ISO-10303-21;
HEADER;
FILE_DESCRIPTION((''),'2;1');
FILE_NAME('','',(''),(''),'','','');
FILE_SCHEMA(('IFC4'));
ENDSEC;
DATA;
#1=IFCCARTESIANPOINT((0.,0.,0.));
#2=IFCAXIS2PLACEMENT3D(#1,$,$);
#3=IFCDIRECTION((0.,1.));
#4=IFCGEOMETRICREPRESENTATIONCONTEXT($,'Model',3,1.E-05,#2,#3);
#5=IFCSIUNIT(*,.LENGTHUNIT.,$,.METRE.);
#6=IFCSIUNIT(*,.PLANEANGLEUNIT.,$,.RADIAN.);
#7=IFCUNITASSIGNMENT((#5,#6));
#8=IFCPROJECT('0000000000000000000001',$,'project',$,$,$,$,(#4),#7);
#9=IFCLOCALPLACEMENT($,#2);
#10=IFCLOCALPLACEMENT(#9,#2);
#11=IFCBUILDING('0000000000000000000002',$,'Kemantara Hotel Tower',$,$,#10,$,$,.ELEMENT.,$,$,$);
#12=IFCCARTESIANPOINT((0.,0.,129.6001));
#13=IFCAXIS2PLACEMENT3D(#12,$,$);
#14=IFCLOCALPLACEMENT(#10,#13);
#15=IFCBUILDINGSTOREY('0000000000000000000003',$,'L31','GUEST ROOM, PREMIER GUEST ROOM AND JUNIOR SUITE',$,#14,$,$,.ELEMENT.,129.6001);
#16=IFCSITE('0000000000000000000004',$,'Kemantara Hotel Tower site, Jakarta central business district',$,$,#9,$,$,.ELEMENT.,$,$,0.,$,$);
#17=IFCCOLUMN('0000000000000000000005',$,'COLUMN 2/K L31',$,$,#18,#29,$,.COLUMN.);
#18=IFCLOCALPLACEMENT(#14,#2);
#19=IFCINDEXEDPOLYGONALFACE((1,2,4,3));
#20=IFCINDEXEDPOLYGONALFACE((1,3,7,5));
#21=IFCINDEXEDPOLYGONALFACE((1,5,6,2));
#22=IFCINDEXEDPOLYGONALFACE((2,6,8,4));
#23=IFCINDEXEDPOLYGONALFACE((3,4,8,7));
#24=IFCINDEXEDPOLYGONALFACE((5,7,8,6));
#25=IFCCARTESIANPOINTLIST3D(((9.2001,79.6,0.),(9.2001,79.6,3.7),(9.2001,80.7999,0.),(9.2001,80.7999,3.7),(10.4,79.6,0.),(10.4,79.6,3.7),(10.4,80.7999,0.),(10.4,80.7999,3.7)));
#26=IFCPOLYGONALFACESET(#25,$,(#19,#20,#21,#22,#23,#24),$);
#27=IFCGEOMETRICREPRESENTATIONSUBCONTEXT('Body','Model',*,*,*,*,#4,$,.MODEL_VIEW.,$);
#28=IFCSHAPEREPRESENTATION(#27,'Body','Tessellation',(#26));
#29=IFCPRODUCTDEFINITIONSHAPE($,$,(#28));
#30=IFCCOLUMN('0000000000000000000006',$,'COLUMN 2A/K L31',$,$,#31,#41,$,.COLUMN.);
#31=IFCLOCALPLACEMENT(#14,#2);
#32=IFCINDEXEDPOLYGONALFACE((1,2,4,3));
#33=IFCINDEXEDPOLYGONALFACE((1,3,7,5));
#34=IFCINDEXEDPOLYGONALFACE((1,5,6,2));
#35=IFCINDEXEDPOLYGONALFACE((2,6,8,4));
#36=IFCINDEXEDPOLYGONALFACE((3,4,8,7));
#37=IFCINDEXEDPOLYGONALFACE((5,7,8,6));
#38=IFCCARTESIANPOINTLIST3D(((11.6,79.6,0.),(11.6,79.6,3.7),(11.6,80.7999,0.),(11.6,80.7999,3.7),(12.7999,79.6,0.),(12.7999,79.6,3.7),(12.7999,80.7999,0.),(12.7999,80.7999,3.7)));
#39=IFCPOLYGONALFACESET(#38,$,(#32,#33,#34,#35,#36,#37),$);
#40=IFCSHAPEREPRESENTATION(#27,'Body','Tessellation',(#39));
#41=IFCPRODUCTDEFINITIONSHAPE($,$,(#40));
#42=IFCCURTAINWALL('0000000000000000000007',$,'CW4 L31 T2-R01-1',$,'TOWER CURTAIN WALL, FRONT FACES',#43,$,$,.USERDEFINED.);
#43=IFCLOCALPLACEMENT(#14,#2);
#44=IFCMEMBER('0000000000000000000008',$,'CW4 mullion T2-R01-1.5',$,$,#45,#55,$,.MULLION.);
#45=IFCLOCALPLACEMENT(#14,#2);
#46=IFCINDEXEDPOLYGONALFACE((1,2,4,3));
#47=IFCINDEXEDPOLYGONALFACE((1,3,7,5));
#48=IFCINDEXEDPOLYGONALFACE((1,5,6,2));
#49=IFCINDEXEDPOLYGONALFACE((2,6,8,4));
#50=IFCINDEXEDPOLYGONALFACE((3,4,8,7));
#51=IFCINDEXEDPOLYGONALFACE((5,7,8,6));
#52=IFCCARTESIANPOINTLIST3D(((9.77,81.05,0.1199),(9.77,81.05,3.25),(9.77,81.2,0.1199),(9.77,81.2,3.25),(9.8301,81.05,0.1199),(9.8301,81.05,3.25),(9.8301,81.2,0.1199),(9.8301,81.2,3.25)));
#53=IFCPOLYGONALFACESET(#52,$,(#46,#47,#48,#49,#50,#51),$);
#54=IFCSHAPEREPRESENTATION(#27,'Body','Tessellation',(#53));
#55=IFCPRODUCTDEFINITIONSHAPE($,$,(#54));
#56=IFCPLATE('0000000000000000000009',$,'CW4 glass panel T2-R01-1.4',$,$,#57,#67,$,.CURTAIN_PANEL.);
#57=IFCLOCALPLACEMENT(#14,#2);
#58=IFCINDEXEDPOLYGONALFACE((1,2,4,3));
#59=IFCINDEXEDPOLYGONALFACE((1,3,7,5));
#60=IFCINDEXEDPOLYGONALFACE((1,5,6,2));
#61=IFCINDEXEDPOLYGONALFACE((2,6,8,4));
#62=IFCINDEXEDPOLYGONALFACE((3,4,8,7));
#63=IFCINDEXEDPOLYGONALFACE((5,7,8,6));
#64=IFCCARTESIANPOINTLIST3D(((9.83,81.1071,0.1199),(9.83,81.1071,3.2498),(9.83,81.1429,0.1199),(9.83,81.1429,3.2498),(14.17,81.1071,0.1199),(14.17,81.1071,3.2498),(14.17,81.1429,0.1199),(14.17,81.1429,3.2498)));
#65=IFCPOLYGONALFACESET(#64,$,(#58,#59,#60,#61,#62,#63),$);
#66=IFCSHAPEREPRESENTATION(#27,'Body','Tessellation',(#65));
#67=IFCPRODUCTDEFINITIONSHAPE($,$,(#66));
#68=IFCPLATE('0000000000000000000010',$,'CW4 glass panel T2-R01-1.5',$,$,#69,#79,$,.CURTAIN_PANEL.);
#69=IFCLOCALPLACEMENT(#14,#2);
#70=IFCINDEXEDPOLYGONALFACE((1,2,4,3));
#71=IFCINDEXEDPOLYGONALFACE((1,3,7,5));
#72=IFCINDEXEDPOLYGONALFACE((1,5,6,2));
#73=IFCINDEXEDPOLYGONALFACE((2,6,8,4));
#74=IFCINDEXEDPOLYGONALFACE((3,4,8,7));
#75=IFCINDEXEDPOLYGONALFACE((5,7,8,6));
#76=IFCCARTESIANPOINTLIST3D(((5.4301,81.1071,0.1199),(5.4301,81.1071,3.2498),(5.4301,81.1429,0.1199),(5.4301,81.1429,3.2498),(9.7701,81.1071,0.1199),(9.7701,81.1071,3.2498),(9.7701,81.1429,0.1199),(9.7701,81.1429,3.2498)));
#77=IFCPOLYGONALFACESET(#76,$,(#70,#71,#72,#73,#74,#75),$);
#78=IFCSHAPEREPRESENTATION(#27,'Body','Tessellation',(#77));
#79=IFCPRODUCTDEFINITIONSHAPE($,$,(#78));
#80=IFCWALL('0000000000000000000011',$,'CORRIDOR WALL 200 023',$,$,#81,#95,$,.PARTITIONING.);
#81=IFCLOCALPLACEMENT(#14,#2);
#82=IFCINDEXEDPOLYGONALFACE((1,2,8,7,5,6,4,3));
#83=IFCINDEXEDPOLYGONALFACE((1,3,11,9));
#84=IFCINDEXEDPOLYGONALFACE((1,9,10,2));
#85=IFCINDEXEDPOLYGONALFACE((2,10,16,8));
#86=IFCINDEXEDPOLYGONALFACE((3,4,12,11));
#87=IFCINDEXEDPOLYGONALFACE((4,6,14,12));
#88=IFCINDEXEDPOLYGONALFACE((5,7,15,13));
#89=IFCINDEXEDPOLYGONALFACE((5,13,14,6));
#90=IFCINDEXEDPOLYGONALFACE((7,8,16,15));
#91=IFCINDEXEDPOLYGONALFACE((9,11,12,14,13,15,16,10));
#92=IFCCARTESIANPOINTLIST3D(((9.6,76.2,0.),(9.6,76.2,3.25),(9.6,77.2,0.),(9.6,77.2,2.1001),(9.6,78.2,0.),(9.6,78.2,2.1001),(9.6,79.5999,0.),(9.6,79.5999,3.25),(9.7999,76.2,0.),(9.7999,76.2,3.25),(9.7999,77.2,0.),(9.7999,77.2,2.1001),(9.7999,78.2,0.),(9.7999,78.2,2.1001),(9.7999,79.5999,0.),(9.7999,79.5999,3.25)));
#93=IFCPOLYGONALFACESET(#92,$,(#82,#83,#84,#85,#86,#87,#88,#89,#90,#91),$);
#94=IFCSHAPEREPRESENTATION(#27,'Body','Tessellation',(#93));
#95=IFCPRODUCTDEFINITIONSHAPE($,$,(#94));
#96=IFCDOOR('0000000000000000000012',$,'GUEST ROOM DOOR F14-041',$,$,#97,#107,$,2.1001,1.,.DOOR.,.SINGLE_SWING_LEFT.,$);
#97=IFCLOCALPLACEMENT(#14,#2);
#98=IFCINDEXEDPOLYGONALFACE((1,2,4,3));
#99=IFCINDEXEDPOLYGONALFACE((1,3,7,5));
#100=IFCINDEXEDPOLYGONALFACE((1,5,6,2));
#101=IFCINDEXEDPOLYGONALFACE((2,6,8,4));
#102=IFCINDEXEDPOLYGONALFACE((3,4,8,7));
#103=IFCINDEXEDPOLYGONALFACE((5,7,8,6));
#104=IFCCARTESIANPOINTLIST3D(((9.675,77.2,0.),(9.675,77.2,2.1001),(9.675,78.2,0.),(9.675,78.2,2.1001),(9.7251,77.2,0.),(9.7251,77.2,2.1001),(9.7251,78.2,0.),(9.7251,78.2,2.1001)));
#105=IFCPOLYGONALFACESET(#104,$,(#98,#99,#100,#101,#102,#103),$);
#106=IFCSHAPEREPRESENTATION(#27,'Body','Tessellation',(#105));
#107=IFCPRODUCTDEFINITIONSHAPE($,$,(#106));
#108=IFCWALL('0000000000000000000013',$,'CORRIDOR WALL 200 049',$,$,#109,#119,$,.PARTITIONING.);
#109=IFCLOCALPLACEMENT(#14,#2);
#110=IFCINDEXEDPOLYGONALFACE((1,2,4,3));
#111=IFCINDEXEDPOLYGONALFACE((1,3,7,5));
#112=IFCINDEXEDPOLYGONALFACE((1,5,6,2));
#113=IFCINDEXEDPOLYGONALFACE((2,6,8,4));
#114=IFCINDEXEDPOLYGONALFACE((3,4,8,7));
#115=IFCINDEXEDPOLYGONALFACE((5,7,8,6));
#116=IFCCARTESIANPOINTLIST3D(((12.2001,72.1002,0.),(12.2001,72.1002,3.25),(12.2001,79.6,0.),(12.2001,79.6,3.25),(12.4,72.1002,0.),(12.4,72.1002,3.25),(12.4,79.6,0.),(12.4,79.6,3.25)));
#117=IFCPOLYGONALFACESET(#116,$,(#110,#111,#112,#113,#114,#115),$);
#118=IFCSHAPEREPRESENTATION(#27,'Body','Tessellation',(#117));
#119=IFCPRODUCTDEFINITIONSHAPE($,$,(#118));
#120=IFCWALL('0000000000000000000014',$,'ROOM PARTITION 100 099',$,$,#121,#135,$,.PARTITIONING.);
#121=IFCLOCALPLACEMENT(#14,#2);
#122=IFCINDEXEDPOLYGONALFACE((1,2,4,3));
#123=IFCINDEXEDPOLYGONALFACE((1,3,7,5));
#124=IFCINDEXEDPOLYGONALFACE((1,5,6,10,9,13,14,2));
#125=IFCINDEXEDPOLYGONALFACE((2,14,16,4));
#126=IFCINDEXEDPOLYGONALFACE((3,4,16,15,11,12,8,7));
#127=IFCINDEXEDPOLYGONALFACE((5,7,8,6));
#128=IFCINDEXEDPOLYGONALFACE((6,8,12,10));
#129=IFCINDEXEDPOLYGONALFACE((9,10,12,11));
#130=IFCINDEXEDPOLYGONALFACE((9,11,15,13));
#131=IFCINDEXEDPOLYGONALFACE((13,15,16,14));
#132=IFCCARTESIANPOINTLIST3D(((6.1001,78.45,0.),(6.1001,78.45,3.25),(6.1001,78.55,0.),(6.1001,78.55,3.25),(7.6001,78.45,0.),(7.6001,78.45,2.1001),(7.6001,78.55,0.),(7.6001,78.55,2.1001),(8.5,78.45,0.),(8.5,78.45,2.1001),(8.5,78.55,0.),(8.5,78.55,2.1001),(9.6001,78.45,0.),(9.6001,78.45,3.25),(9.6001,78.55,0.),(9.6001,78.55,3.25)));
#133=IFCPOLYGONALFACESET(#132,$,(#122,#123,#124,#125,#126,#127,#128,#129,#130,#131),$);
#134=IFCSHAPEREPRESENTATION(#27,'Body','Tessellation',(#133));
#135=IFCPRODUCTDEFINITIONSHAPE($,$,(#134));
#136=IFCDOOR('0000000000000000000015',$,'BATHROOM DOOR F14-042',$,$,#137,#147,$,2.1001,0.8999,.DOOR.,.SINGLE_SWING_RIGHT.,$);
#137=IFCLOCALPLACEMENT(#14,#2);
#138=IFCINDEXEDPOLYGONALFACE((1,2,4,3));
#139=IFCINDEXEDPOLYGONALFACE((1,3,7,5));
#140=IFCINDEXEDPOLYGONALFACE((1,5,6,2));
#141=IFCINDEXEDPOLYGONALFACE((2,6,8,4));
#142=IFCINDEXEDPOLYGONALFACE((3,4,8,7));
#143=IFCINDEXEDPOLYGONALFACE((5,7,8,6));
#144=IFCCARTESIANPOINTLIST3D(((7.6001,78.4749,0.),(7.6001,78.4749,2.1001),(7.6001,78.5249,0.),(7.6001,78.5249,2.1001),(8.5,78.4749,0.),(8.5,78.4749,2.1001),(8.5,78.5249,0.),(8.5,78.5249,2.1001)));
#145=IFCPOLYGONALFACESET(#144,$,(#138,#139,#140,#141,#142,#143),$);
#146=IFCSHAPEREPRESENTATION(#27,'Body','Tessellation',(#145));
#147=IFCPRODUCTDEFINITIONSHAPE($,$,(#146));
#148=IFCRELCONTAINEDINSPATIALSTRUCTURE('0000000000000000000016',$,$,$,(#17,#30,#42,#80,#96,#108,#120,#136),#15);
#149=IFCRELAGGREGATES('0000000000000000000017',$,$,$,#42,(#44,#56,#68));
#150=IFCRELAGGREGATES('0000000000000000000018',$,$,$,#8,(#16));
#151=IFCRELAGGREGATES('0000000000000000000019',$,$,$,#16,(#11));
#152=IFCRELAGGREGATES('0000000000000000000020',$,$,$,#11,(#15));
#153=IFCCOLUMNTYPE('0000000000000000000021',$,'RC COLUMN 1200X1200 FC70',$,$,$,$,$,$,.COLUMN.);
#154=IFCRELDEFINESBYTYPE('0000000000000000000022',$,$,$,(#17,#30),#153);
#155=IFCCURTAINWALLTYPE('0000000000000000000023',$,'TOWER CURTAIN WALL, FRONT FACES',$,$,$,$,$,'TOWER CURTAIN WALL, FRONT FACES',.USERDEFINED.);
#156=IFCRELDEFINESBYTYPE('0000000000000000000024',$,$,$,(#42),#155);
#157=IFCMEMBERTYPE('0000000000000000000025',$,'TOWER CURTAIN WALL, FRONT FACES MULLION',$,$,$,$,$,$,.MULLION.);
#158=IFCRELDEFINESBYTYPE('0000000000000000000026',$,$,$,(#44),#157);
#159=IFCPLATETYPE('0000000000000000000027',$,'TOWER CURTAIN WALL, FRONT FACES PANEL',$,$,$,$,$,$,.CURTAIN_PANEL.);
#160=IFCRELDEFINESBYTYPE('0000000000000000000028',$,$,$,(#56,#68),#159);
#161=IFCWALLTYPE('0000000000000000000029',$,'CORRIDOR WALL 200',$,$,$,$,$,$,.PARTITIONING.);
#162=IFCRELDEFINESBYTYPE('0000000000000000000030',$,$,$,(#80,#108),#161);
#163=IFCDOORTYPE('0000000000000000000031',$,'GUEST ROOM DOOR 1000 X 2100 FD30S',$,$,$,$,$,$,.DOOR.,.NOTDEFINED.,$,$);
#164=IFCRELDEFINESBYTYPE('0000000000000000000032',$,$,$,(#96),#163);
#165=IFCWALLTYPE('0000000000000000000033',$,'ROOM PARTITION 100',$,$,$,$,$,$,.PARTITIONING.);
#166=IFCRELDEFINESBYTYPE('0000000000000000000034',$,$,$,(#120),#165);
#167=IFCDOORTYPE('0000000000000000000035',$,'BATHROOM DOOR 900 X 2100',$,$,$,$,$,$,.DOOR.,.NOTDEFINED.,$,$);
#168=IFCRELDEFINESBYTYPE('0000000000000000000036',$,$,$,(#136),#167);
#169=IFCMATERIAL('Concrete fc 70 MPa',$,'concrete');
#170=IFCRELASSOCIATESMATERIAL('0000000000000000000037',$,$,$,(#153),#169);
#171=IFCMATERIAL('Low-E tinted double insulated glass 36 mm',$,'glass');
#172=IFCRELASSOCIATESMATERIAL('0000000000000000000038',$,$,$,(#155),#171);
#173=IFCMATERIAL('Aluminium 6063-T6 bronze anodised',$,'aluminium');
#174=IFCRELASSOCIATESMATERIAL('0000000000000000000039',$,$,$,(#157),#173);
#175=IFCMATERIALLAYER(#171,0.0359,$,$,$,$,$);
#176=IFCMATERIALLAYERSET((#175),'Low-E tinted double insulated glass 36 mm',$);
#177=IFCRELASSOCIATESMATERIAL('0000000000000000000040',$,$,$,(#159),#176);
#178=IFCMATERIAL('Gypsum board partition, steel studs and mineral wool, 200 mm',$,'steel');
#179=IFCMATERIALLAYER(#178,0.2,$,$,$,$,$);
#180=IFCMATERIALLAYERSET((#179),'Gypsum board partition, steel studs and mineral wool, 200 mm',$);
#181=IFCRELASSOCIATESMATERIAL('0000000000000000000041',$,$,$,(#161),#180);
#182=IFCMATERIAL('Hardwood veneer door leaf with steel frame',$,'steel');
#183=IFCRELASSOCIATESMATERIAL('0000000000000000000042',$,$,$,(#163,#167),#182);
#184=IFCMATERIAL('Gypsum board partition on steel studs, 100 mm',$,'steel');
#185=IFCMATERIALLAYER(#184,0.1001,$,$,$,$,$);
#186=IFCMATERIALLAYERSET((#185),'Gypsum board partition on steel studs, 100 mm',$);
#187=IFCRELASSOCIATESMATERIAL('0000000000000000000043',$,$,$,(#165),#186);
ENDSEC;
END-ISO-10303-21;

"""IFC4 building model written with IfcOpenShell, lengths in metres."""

from ifc_helpers import new_model, si_unit, direction, frame, frame_2d, origin, origin_2d, place, context, subcontext, project, spatial, rectangle, extrude, source, transform, mapped, material, layer, layer_set, material_profile, profile_set, type_object, element, fill, aggregate, save


model = new_model("IFC4")

# Units and contexts
model_context = context("Model", 3, precision=1e-05, world=origin(), true_north=direction((0.0, 1.0)))
body_context = subcontext(model_context, "Body", "Model", "MODEL_VIEW")
ifc_project = project(units=[si_unit("LENGTHUNIT", "METRE"), si_unit("PLANEANGLEUNIT", "RADIAN")], contexts=[model_context])

# Site, building, storey
site_placement = place(None, origin())
site = spatial("IfcSite", under=ifc_project, at=site_placement, Name="Kemantara Hotel Tower site, Jakarta central business district", CompositionType="ELEMENT", RefElevation=0.0)
building_placement = place(site_placement, origin())
building = spatial("IfcBuilding", under=site, at=building_placement, Name="Kemantara Hotel Tower", CompositionType="ELEMENT")
storey_placement = place(building_placement, frame((0.0, 0.0, 129.6001)))
storey = spatial("IfcBuildingStorey", under=building, at=storey_placement, Name="L31", Description="GUEST ROOM, PREMIER GUEST ROOM AND JUNIOR SUITE", CompositionType="ELEMENT", Elevation=129.6001)

# Columns
ifc_material_1 = material(Name="Concrete fc 70 MPa", Category="concrete")
ifc_material_profile_1 = material_profile(ifc_material_1, rectangle(XDim=1.2, YDim=1.2, at=origin_2d()), Name="RC 1200X1200")
ifc_profile_set_1 = profile_set([ifc_material_profile_1], Name="Concrete fc 70 MPa")
column_type = type_object("IfcColumnType", Name="RC COLUMN 1200X1200 FC70", PredefinedType="COLUMN", material=ifc_profile_set_1)
for number, where, z_axis, x_axis, name in (
    (1, (9.8, 80.2, 0.0), (0.0, 0.0, 1.0), (1.0, 0.0, 0.0), "COLUMN 2/K L31"),
    (2, (12.2, 80.2, 0.0), (0.0, 0.0, 1.0), (1.0, 0.0, 0.0), "COLUMN 2A/K L31"),
):
    element("IfcColumn", number, at=place(storey_placement, frame(where, z_axis=z_axis, x_axis=x_axis)), inside=storey, type_object=column_type, Name=name, PredefinedType="COLUMN", context=body_context, shape_type="SweptSolid", body=[
        extrude(rectangle(XDim=1.2, YDim=1.2, at=origin_2d()), origin(), (0.0, 0.0, 1.0), 3.7),
    ])

# Curtain wall, member, plates
ifc_material_2 = material(Name="Low-E tinted double insulated glass 36 mm", Category="glass")
curtain_wall_type = type_object("IfcCurtainWallType", Name="TOWER CURTAIN WALL, FRONT FACES", ElementType="TOWER CURTAIN WALL, FRONT FACES", PredefinedType="USERDEFINED", material=ifc_material_2)
curtain_wall_placement = place(storey_placement, origin())
curtain_wall = element("IfcCurtainWall", 3, at=curtain_wall_placement, inside=storey, type_object=curtain_wall_type, Name="CW4 L31 T2-R01-1", ObjectType="TOWER CURTAIN WALL, FRONT FACES", PredefinedType="USERDEFINED")
ifc_material_3 = material(Name="Aluminium 6063-T6 bronze anodised", Category="aluminium")
ifc_material_profile_2 = material_profile(ifc_material_3, rectangle(XDim=0.1499, YDim=0.0601, at=origin_2d()), Name="TOWER CURTAIN WALL, FRONT FACES MULLION")
ifc_profile_set_2 = profile_set([ifc_material_profile_2], Name="Aluminium 6063-T6 bronze anodised")
member_type = type_object("IfcMemberType", Name="TOWER CURTAIN WALL, FRONT FACES MULLION", PredefinedType="MULLION", material=ifc_profile_set_2)
shared_shape_1 = source(origin(), body_context, "Body", "SweptSolid", [
    extrude(rectangle(XDim=0.1499, YDim=0.0601, at=origin_2d()), origin(), (0.0, 0.0, 1.0), 3.1301),
])
member_placement = place(storey_placement, frame((9.8, 81.125, 0.1199), z_axis=(0.0, 0.0, 1.0), x_axis=(0.0, -1.0, 0.0)))
member = element("IfcMember", 4, at=member_placement, type_object=member_type, Name="CW4 mullion T2-R01-1.5", PredefinedType="MULLION", context=body_context, shape_type="MappedRepresentation", body=[
    mapped(shared_shape_1, transform((0.0, 0.0, 0.0))),
])
ifc_layer_1 = layer(ifc_material_2, 0.0359)
ifc_layer_set_1 = layer_set([ifc_layer_1], Name="Low-E tinted double insulated glass 36 mm")
plate_type = type_object("IfcPlateType", Name="TOWER CURTAIN WALL, FRONT FACES PANEL", PredefinedType="CURTAIN_PANEL", material=ifc_layer_set_1)
shared_shape_2 = source(origin(), body_context, "Body", "SweptSolid", [
    extrude(rectangle(XDim=4.3401, YDim=0.0359, at=origin_2d()), origin(), (0.0, 0.0, 1.0), 3.1299),
])
plate_1_placement = place(storey_placement, frame((12.0, 81.125, 0.1199), z_axis=(0.0, 0.0, 1.0), x_axis=(-1.0, 0.0, 0.0)))
plate_1 = element("IfcPlate", 5, at=plate_1_placement, type_object=plate_type, Name="CW4 glass panel T2-R01-1.4", PredefinedType="CURTAIN_PANEL", context=body_context, shape_type="MappedRepresentation", body=[
    mapped(shared_shape_2, transform((0.0, 0.0, 0.0))),
])
plate_2_placement = place(storey_placement, frame((7.6001, 81.125, 0.1199), z_axis=(0.0, 0.0, 1.0), x_axis=(-1.0, 0.0, 0.0)))
plate_2 = element("IfcPlate", 6, at=plate_2_placement, type_object=plate_type, Name="CW4 glass panel T2-R01-1.5", PredefinedType="CURTAIN_PANEL", context=body_context, shape_type="MappedRepresentation", body=[
    mapped(shared_shape_2, transform((0.0, 0.0, 0.0))),
])
aggregate(curtain_wall, [member, plate_1, plate_2])

# Wall, opening, door
ifc_material_4 = material(Name="Gypsum board partition, steel studs and mineral wool, 200 mm", Category="steel")
ifc_layer_2 = layer(ifc_material_4, 0.2)
ifc_layer_set_2 = layer_set([ifc_layer_2], Name="Gypsum board partition, steel studs and mineral wool, 200 mm")
wall_type_1 = type_object("IfcWallType", Name="CORRIDOR WALL 200", PredefinedType="PARTITIONING", material=ifc_layer_set_2)
wall_1_placement = place(storey_placement, frame((9.7, 76.2, 0.0), z_axis=(0.0, 0.0, 1.0), x_axis=(0.0, 1.0, 0.0)))
wall_1 = element("IfcWall", 7, at=wall_1_placement, inside=storey, type_object=wall_type_1, Name="CORRIDOR WALL 200 023", PredefinedType="PARTITIONING", context=body_context, shape_type="SweptSolid", body=[
    extrude(rectangle(XDim=3.3999, YDim=0.2, at=frame_2d((1.7, 0.0))), origin(), (0.0, 0.0, 1.0), 3.25),
])
opening_1_placement = place(wall_1_placement, frame((1.0, 0.0, 0.0)))
opening_1 = element("IfcOpeningElement", 8, at=opening_1_placement, cuts=wall_1, PredefinedType="OPENING", context=body_context, shape_type="SweptSolid", body=[
    extrude(rectangle(XDim=1.0, YDim=2.1001, at=frame_2d((0.5, 1.05))), frame((0.0, 0.1099, 0.0), z_axis=(0.0, -1.0, 0.0), x_axis=(1.0, 0.0, 0.0)), (0.0, 0.0, 1.0), 0.22),
])
ifc_material_5 = material(Name="Hardwood veneer door leaf with steel frame", Category="steel")
door_type_1 = type_object("IfcDoorType", Name="GUEST ROOM DOOR 1000 X 2100 FD30S", OperationType="NOTDEFINED", PredefinedType="DOOR", material=ifc_material_5)
door_1_placement = place(opening_1_placement, origin())
door_1 = element("IfcDoor", 9, at=door_1_placement, inside=storey, type_object=door_type_1, Name="GUEST ROOM DOOR F14-041", OperationType="SINGLE_SWING_LEFT", OverallHeight=2.1001, OverallWidth=1.0, PredefinedType="DOOR", context=body_context, shape_type="SweptSolid", body=[
    extrude(rectangle(XDim=1.0, YDim=2.1001, at=frame_2d((0.5, 1.05))), frame((0.0, 0.0249, 0.0), z_axis=(0.0, -1.0, 0.0), x_axis=(1.0, 0.0, 0.0)), (0.0, 0.0, 1.0), 0.05),
])
fill(opening_1, door_1)

# Wall
wall_2_placement = place(storey_placement, frame((12.3, 72.1001, 0.0), z_axis=(0.0, 0.0, 1.0), x_axis=(0.0, 1.0, 0.0)))
element("IfcWall", 10, at=wall_2_placement, inside=storey, type_object=wall_type_1, Name="CORRIDOR WALL 200 049", PredefinedType="PARTITIONING", context=body_context, shape_type="SweptSolid", body=[
    extrude(rectangle(XDim=7.4998, YDim=0.2, at=frame_2d((3.75, 0.0))), origin(), (0.0, 0.0, 1.0), 3.25),
])

# Wall, opening, door
ifc_material_6 = material(Name="Gypsum board partition on steel studs, 100 mm", Category="steel")
ifc_layer_3 = layer(ifc_material_6, 0.1001)
ifc_layer_set_3 = layer_set([ifc_layer_3], Name="Gypsum board partition on steel studs, 100 mm")
wall_type_2 = type_object("IfcWallType", Name="ROOM PARTITION 100", PredefinedType="PARTITIONING", material=ifc_layer_set_3)
wall_3_placement = place(storey_placement, frame((6.1001, 78.5, 0.0), z_axis=(0.0, 0.0, 1.0), x_axis=(1.0, 0.0, 0.0)))
wall_3 = element("IfcWall", 11, at=wall_3_placement, inside=storey, type_object=wall_type_2, Name="ROOM PARTITION 100 099", PredefinedType="PARTITIONING", context=body_context, shape_type="SweptSolid", body=[
    extrude(rectangle(XDim=3.5, YDim=0.1001, at=frame_2d((1.75, 0.0))), origin(), (0.0, 0.0, 1.0), 3.25),
])
opening_2_placement = place(wall_3_placement, frame((1.5, 0.0, 0.0)))
opening_2 = element("IfcOpeningElement", 12, at=opening_2_placement, cuts=wall_3, PredefinedType="OPENING", context=body_context, shape_type="SweptSolid", body=[
    extrude(rectangle(XDim=0.8999, YDim=2.1001, at=frame_2d((0.45, 1.05))), frame((0.0, 0.0601, 0.0), z_axis=(0.0, -1.0, 0.0), x_axis=(1.0, 0.0, 0.0)), (0.0, 0.0, 1.0), 0.1201),
])
door_type_2 = type_object("IfcDoorType", Name="BATHROOM DOOR 900 X 2100", OperationType="NOTDEFINED", PredefinedType="DOOR", material=ifc_material_5)
door_2_placement = place(opening_2_placement, origin())
door_2 = element("IfcDoor", 13, at=door_2_placement, inside=storey, type_object=door_type_2, Name="BATHROOM DOOR F14-042", OperationType="SINGLE_SWING_RIGHT", OverallHeight=2.1001, OverallWidth=0.8999, PredefinedType="DOOR", context=body_context, shape_type="SweptSolid", body=[
    extrude(rectangle(XDim=0.8999, YDim=2.1001, at=frame_2d((0.45, 1.05))), frame((0.0, 0.0249, 0.0), z_axis=(0.0, -1.0, 0.0), x_axis=(1.0, 0.0, 0.0)), (0.0, 0.0, 1.0), 0.05),
])
fill(opening_2, door_2)

save(model, "model.ifc")
